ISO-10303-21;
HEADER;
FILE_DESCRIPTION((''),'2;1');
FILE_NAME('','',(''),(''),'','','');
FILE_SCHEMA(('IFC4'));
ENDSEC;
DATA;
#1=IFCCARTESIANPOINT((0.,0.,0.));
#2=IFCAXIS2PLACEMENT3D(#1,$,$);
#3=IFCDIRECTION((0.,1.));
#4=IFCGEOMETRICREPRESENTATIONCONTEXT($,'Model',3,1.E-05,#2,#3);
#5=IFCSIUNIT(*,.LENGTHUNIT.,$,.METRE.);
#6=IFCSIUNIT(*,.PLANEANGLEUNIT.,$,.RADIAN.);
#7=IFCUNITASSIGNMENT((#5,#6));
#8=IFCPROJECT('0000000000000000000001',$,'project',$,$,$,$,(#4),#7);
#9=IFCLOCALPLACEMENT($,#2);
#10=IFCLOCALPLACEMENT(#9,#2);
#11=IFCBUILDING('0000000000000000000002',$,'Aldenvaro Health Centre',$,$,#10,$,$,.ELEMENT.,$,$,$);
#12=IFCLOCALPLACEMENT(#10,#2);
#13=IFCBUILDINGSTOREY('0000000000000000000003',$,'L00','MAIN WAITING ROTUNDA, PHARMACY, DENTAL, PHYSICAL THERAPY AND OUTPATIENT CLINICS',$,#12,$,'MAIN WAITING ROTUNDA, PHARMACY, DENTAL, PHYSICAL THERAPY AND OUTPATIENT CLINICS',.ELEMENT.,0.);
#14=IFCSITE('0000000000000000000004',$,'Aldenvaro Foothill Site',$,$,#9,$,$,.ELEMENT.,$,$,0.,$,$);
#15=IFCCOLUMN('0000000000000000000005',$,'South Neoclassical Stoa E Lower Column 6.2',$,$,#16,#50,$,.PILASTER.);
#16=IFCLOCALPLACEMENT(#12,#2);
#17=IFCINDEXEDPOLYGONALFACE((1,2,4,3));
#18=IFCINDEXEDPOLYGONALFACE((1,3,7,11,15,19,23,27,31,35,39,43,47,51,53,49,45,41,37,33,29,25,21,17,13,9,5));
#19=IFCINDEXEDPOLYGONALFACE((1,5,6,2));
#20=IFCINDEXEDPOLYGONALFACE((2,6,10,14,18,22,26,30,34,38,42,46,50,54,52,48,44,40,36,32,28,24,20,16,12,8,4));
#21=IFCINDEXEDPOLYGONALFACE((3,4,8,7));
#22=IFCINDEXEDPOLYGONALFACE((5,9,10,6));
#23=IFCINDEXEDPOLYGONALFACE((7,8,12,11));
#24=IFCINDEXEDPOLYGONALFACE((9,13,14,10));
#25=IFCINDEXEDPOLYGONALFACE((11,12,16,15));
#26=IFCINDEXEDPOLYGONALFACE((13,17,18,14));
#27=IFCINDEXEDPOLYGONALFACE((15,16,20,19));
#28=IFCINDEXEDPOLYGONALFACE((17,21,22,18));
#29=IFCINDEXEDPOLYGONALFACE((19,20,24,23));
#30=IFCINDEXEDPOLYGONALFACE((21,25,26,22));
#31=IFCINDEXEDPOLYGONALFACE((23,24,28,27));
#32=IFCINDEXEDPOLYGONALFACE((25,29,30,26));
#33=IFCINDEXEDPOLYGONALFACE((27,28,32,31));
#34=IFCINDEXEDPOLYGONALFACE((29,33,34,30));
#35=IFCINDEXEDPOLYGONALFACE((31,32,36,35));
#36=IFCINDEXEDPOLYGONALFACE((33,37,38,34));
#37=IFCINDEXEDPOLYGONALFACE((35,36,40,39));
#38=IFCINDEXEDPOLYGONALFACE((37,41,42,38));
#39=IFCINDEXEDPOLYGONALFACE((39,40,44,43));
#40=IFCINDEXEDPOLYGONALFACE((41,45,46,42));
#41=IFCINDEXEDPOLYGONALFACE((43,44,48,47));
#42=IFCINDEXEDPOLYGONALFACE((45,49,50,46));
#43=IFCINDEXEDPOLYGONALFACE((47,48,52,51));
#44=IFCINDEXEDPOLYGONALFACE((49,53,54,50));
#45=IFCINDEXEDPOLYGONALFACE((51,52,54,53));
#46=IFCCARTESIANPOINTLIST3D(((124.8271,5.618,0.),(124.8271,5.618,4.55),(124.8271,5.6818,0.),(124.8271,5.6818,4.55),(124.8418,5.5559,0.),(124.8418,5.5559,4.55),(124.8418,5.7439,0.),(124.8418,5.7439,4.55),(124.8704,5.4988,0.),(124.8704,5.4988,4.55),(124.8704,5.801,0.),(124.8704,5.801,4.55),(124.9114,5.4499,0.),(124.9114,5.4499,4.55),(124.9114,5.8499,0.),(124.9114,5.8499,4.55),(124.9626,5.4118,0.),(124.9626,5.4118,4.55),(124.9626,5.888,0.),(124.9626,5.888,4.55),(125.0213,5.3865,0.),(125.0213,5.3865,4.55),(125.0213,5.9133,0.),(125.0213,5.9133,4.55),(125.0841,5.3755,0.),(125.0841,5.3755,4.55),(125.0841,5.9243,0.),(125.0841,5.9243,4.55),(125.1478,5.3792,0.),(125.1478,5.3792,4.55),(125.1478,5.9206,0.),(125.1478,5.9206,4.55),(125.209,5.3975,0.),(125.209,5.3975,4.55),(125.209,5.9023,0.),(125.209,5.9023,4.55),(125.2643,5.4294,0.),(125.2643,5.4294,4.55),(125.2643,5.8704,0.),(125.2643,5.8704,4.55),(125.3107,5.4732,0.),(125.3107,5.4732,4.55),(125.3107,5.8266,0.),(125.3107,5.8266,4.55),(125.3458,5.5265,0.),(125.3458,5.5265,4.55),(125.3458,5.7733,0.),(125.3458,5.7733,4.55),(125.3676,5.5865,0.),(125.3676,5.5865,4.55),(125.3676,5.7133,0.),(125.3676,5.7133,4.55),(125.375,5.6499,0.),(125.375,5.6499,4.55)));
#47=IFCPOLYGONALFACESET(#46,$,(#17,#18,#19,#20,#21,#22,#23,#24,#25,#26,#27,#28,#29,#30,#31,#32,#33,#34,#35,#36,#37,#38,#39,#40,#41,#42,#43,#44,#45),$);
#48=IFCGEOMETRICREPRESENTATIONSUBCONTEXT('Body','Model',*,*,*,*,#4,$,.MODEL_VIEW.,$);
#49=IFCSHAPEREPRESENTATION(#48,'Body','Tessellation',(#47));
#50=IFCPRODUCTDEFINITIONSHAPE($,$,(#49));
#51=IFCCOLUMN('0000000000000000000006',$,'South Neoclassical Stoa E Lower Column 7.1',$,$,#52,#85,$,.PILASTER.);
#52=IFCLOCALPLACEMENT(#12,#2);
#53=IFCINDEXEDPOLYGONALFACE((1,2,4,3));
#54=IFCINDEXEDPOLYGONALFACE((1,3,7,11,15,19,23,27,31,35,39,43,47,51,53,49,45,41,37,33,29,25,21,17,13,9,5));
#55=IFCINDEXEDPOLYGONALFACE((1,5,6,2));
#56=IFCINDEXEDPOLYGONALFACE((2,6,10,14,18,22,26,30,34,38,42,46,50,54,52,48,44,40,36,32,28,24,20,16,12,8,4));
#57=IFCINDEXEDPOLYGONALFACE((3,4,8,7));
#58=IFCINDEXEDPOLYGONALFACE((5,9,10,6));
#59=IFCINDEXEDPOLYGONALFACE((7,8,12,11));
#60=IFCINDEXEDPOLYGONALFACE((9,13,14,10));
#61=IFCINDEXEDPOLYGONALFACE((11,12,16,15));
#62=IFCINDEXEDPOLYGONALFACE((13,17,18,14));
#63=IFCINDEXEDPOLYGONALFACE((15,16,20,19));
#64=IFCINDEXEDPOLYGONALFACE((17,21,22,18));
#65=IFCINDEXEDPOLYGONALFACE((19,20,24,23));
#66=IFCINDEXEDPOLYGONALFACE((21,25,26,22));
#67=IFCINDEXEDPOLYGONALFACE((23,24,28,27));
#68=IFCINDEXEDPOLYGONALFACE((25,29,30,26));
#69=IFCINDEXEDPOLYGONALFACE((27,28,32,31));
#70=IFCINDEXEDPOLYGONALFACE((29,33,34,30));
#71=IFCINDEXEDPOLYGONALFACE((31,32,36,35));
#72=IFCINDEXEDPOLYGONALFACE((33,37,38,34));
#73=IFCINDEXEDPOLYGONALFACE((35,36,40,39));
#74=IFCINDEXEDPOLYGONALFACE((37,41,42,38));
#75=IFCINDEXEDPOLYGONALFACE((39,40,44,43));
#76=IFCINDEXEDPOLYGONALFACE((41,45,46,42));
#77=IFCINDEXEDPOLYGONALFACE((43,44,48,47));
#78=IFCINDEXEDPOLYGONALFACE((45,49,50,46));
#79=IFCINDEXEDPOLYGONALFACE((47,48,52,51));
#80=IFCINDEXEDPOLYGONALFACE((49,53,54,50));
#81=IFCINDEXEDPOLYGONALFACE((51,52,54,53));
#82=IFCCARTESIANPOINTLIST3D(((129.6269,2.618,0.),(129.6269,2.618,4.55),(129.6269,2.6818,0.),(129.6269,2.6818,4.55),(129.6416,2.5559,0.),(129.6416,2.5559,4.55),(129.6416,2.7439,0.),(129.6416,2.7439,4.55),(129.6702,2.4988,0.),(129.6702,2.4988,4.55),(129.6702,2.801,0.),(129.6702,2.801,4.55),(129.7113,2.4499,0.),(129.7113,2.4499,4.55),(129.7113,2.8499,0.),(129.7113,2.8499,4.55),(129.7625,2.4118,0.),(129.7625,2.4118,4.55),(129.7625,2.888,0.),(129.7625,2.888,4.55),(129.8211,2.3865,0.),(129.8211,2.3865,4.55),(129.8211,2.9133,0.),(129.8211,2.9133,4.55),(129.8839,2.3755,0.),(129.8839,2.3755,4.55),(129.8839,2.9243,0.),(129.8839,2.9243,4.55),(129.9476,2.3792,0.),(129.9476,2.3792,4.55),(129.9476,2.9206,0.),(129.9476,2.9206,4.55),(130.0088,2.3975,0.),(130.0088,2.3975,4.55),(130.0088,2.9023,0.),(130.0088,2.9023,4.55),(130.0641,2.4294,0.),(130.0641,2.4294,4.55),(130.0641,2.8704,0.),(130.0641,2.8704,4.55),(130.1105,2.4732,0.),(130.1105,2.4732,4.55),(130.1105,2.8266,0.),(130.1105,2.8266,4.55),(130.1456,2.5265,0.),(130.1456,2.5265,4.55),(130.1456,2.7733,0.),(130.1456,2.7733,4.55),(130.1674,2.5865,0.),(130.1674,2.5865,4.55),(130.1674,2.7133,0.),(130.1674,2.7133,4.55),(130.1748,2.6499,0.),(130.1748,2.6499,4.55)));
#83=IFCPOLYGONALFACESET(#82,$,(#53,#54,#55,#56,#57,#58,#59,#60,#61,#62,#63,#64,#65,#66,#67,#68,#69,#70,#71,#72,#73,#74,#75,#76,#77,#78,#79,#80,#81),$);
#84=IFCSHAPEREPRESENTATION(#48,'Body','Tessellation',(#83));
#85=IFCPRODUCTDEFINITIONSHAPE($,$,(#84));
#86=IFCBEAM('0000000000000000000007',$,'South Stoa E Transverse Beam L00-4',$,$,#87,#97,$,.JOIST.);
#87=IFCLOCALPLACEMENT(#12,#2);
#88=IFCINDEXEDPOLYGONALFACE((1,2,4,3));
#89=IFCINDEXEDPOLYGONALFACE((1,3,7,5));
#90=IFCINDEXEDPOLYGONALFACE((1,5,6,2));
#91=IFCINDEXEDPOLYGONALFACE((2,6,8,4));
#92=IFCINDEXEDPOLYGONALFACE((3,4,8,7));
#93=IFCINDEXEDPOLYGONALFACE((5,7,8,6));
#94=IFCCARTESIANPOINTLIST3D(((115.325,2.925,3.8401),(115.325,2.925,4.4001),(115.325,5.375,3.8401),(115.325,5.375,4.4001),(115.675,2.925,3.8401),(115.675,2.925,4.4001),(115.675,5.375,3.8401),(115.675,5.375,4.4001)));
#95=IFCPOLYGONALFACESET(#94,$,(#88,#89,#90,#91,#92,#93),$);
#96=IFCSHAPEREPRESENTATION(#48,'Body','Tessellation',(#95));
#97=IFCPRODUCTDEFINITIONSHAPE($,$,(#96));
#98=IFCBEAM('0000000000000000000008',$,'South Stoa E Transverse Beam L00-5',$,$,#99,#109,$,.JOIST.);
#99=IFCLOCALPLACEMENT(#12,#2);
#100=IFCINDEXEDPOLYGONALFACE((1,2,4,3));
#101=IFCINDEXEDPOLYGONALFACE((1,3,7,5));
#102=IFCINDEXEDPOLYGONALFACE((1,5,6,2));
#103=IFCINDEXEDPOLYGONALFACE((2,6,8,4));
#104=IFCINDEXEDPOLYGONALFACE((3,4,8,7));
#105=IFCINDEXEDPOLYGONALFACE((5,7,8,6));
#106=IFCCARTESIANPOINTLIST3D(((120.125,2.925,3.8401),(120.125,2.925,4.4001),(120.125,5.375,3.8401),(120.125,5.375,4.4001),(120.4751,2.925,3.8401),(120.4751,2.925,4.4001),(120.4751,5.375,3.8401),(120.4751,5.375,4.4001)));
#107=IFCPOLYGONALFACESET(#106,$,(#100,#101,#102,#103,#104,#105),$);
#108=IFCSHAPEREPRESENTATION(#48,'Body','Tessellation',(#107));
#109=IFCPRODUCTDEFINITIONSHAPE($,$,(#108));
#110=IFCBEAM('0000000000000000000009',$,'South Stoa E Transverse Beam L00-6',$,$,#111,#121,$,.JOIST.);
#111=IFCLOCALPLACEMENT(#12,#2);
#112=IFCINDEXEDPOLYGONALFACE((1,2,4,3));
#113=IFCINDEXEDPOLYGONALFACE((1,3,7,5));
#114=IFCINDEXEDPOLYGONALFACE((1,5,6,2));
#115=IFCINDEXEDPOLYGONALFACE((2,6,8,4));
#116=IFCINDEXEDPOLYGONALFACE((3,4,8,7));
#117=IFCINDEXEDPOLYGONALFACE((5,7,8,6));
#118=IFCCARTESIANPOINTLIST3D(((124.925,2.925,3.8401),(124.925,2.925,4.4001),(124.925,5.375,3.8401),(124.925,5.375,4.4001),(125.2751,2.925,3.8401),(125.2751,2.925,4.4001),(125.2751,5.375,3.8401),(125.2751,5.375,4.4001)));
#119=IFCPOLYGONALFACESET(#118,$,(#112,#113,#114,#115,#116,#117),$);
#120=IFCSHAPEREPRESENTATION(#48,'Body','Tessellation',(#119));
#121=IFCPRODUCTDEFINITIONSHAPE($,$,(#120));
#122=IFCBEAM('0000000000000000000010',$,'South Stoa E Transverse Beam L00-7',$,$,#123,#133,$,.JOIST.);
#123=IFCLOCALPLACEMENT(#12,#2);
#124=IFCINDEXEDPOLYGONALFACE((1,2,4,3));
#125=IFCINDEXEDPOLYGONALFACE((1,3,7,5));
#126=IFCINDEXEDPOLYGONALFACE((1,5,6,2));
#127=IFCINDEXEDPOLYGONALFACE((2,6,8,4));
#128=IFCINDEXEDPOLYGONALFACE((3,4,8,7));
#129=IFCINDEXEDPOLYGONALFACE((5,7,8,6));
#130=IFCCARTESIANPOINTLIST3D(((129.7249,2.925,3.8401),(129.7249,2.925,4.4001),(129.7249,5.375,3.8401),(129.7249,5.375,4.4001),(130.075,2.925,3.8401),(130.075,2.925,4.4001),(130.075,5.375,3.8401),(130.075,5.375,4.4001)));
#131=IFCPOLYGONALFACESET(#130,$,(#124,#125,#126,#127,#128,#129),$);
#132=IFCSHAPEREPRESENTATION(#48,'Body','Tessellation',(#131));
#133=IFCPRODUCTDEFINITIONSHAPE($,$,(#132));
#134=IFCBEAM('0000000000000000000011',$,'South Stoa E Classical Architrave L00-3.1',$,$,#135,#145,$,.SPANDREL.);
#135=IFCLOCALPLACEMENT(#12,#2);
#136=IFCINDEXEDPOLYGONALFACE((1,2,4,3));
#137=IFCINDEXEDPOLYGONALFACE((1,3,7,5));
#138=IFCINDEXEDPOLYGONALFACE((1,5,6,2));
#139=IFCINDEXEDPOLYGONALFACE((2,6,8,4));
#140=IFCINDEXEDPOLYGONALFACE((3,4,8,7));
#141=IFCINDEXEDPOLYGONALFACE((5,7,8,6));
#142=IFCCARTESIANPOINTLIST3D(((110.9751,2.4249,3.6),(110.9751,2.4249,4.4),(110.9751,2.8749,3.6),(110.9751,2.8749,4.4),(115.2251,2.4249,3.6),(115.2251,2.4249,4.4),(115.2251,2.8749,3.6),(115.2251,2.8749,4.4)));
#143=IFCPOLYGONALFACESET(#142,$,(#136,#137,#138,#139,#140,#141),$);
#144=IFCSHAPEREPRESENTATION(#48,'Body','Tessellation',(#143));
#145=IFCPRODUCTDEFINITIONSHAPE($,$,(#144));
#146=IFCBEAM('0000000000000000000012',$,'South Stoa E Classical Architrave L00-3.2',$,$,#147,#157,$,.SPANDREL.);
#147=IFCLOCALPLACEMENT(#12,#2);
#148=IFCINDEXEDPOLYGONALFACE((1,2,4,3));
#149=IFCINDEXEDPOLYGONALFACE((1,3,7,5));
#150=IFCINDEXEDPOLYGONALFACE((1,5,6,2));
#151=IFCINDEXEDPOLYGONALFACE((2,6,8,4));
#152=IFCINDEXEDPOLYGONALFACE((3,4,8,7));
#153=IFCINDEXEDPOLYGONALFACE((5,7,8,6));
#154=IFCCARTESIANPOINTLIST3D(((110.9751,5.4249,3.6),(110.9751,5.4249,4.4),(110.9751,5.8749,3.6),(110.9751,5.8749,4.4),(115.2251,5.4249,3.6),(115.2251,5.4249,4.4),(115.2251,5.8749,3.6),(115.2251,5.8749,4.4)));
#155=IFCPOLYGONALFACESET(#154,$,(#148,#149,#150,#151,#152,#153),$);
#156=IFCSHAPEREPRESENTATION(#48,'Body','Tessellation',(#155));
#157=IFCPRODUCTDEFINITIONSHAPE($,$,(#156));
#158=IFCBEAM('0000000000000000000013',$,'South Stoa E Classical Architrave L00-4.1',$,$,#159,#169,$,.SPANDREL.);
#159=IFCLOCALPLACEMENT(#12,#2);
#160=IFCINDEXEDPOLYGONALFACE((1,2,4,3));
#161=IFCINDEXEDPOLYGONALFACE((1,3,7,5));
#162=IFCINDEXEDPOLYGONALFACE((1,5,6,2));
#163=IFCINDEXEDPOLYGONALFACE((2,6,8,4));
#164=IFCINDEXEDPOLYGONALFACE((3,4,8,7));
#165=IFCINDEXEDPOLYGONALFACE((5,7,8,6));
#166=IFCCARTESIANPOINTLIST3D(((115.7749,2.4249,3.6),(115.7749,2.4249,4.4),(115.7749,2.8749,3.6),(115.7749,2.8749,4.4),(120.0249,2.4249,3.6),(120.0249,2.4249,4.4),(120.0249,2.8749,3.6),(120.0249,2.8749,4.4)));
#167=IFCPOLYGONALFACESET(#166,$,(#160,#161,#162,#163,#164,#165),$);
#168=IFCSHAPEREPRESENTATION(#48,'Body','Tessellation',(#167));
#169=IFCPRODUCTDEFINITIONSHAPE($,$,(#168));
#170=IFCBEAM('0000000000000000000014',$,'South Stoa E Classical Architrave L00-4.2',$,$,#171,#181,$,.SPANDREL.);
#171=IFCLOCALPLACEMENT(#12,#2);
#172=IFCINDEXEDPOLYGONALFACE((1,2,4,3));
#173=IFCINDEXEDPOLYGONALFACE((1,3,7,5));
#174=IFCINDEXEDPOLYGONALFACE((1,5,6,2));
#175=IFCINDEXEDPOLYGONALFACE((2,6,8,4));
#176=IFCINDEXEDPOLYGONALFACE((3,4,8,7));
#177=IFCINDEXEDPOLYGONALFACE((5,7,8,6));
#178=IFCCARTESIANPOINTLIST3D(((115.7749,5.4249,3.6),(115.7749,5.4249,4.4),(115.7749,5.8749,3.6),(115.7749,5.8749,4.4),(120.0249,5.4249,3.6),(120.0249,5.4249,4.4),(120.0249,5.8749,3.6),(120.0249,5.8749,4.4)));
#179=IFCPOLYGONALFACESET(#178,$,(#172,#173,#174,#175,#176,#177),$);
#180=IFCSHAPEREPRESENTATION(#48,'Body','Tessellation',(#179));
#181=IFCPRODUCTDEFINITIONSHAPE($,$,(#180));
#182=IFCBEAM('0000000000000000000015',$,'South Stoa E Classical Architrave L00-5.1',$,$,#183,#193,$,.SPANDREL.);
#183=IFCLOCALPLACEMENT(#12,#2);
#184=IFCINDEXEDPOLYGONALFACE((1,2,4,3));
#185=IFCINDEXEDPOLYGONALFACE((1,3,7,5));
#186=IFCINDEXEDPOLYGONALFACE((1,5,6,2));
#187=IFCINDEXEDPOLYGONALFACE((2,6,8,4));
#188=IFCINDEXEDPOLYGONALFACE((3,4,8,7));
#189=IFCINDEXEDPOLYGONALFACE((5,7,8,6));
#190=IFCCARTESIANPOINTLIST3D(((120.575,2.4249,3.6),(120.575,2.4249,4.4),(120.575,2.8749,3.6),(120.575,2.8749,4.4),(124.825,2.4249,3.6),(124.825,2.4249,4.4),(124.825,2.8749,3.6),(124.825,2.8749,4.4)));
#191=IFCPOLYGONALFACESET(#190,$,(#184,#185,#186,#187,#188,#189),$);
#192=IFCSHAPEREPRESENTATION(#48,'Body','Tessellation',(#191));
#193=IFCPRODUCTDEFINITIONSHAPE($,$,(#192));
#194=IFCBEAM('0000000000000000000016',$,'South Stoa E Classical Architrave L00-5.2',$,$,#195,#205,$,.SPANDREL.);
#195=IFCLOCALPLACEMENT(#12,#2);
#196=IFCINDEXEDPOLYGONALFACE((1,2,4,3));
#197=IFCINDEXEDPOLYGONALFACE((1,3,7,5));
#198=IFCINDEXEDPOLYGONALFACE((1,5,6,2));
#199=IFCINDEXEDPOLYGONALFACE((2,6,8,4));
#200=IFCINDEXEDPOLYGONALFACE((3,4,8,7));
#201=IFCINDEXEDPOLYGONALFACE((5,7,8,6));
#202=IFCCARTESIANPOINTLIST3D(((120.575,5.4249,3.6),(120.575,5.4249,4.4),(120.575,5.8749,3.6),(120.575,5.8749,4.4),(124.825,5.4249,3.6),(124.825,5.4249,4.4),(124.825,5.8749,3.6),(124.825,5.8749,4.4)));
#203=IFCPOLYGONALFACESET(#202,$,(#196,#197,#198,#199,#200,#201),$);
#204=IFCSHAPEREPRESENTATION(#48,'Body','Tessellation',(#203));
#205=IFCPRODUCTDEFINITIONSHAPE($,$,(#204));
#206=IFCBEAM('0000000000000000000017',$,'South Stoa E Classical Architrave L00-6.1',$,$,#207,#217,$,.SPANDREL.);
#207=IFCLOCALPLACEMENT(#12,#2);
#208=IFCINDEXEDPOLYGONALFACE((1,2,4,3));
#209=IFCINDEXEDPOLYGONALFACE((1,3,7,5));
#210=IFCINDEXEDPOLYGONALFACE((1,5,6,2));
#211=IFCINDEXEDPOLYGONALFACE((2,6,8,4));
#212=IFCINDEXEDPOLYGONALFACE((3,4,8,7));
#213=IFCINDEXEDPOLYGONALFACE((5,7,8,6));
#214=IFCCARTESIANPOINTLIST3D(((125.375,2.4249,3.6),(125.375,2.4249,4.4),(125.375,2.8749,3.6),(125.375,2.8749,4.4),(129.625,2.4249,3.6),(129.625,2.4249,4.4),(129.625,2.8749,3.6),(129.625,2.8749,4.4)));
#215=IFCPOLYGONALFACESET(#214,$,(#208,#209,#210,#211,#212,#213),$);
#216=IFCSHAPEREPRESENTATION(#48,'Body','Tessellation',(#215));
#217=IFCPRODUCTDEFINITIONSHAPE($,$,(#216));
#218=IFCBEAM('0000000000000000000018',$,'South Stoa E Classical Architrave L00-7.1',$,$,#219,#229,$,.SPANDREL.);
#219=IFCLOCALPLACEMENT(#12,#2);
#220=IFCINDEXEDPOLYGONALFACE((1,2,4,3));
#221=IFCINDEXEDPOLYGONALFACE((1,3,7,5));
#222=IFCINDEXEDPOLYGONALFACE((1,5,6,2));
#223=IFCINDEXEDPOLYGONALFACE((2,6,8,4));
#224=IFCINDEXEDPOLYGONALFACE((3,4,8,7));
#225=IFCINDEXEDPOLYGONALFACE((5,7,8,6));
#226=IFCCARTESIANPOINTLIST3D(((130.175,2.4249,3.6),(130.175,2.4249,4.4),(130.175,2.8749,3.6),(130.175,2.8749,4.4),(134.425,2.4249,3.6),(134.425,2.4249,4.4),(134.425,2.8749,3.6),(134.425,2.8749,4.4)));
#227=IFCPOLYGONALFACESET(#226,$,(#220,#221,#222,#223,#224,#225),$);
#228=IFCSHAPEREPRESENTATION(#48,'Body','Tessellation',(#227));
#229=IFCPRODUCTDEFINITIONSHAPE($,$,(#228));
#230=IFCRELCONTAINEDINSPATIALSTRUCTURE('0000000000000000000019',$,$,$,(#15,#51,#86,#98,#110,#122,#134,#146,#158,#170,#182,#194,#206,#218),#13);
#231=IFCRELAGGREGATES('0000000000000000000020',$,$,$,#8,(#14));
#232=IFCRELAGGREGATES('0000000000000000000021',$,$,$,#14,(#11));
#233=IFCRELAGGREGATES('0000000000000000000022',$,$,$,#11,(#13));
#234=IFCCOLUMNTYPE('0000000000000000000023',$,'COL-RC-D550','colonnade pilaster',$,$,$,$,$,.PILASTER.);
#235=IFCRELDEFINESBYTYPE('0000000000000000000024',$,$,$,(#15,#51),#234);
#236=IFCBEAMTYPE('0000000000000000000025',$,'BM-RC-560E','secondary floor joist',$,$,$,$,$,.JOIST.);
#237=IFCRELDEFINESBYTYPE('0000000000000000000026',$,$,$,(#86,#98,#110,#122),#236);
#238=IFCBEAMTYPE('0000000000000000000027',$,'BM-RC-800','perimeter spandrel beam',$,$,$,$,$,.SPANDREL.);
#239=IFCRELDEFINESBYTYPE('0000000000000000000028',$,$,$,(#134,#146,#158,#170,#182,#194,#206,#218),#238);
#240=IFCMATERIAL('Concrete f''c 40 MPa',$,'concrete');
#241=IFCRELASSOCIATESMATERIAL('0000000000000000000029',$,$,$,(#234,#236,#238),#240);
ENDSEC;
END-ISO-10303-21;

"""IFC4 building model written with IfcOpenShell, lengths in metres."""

from ifc_helpers import new_model, si_unit, direction, frame, origin, origin_2d, place, context, subcontext, project, spatial, rectangle, circle, extrude, material, material_profile, profile_set, type_object, element, save


model = new_model("IFC4")

# Units and contexts
model_context = context("Model", 3, precision=1e-05, world=origin(), true_north=direction((0.0, 1.0)))
body_context = subcontext(model_context, "Body", "Model", "MODEL_VIEW")
ifc_project = project(units=[si_unit("LENGTHUNIT", "METRE"), si_unit("PLANEANGLEUNIT", "RADIAN")], contexts=[model_context])

# Site, building, storey
site_placement = place(None, origin())
site = spatial("IfcSite", under=ifc_project, at=site_placement, Name="Aldenvaro Foothill Site", CompositionType="ELEMENT", RefElevation=0.0)
building_placement = place(site_placement, origin())
building = spatial("IfcBuilding", under=site, at=building_placement, Name="Aldenvaro Health Centre", CompositionType="ELEMENT")
storey_placement = place(building_placement, origin())
storey = spatial("IfcBuildingStorey", under=building, at=storey_placement, Name="L00", Description="MAIN WAITING ROTUNDA, PHARMACY, DENTAL, PHYSICAL THERAPY AND OUTPATIENT CLINICS", LongName="MAIN WAITING ROTUNDA, PHARMACY, DENTAL, PHYSICAL THERAPY AND OUTPATIENT CLINICS", CompositionType="ELEMENT", Elevation=0.0)

# Columns
ifc_material_1 = material(Name="Concrete f'c 40 MPa", Category="concrete")
ifc_material_profile_1 = material_profile(ifc_material_1, circle(Radius=0.2749, at=origin_2d()), Name="RC D550", Category="concrete")
ifc_profile_set_1 = profile_set([ifc_material_profile_1], Name="Concrete f'c 40 MPa")
column_type = type_object("IfcColumnType", Name="COL-RC-D550", Description="colonnade pilaster", PredefinedType="PILASTER", material=ifc_profile_set_1)
for number, where, z_axis, x_axis, name in (
    (1, (125.1001, 5.6499, 0.0), (0.0, 0.0, 1.0), (1.0, 0.0, 0.0), "South Neoclassical Stoa E Lower Column 6.2"),
    (2, (129.8999, 2.6499, 0.0), (0.0, 0.0, 1.0), (1.0, 0.0, 0.0), "South Neoclassical Stoa E Lower Column 7.1"),
):
    element("IfcColumn", number, at=place(storey_placement, frame(where, z_axis=z_axis, x_axis=x_axis)), inside=storey, type_object=column_type, Name=name, PredefinedType="PILASTER", context=body_context, shape_type="SweptSolid", body=[
        extrude(circle(Radius=0.2749, at=origin_2d()), origin(), (0.0, 0.0, 1.0), 4.55),
    ])

# Beams
ifc_material_profile_2 = material_profile(ifc_material_1, rectangle(XDim=0.3501, YDim=0.5601, at=origin_2d()), Name="RC 350x560", Category="concrete")
ifc_profile_set_2 = profile_set([ifc_material_profile_2], Name="Concrete f'c 40 MPa")
beam_type_1 = type_object("IfcBeamType", Name="BM-RC-560E", Description="secondary floor joist", PredefinedType="JOIST", material=ifc_profile_set_2)
for number, where, z_axis, x_axis, name in (
    (3, (115.5, 2.925, 4.1201), (0.0, 1.0, 0.0), (-1.0, 0.0, 0.0), "South Stoa E Transverse Beam L00-4"),
    (4, (120.3, 2.925, 4.1201), (0.0, 1.0, 0.0), (-1.0, 0.0, 0.0), "South Stoa E Transverse Beam L00-5"),
    (5, (125.1001, 2.925, 4.1201), (0.0, 1.0, 0.0), (-1.0, 0.0, 0.0), "South Stoa E Transverse Beam L00-6"),
    (6, (129.8999, 2.925, 4.1201), (0.0, 1.0, 0.0), (-1.0, 0.0, 0.0), "South Stoa E Transverse Beam L00-7"),
):
    element("IfcBeam", number, at=place(storey_placement, frame(where, z_axis=z_axis, x_axis=x_axis)), inside=storey, type_object=beam_type_1, Name=name, PredefinedType="JOIST", context=body_context, shape_type="SweptSolid", body=[
        extrude(rectangle(XDim=0.3501, YDim=0.5601, at=origin_2d()), origin(), (0.0, 0.0, 1.0), 2.45),
    ])
ifc_material_profile_3 = material_profile(ifc_material_1, rectangle(XDim=0.45, YDim=0.8, at=origin_2d()), Name="RC 450x800", Category="concrete")
ifc_profile_set_3 = profile_set([ifc_material_profile_3], Name="Concrete f'c 40 MPa")
beam_type_2 = type_object("IfcBeamType", Name="BM-RC-800", Description="perimeter spandrel beam", PredefinedType="SPANDREL", material=ifc_profile_set_3)
for number, where, z_axis, x_axis, name in (
    (7, (110.9751, 2.6499, 4.0), (1.0, 0.0, 0.0), (0.0, 1.0, 0.0), "South Stoa E Classical Architrave L00-3.1"),
    (8, (110.9751, 5.6499, 4.0), (1.0, 0.0, 0.0), (0.0, 1.0, 0.0), "South Stoa E Classical Architrave L00-3.2"),
    (9, (115.7749, 2.6499, 4.0), (1.0, 0.0, 0.0), (0.0, 1.0, 0.0), "South Stoa E Classical Architrave L00-4.1"),
    (10, (115.7749, 5.6499, 4.0), (1.0, 0.0, 0.0), (0.0, 1.0, 0.0), "South Stoa E Classical Architrave L00-4.2"),
    (11, (120.575, 2.6499, 4.0), (1.0, 0.0, 0.0), (0.0, 1.0, 0.0), "South Stoa E Classical Architrave L00-5.1"),
    (12, (120.575, 5.6499, 4.0), (1.0, 0.0, 0.0), (0.0, 1.0, 0.0), "South Stoa E Classical Architrave L00-5.2"),
    (13, (125.375, 2.6499, 4.0), (1.0, 0.0, 0.0), (0.0, 1.0, 0.0), "South Stoa E Classical Architrave L00-6.1"),
    (14, (130.175, 2.6499, 4.0), (1.0, 0.0, 0.0), (0.0, 1.0, 0.0), "South Stoa E Classical Architrave L00-7.1"),
):
    element("IfcBeam", number, at=place(storey_placement, frame(where, z_axis=z_axis, x_axis=x_axis)), inside=storey, type_object=beam_type_2, Name=name, PredefinedType="SPANDREL", context=body_context, shape_type="SweptSolid", body=[
        extrude(rectangle(XDim=0.45, YDim=0.8, at=origin_2d()), origin(), (0.0, 0.0, 1.0), 4.25),
    ])

save(model, "model.ifc")
